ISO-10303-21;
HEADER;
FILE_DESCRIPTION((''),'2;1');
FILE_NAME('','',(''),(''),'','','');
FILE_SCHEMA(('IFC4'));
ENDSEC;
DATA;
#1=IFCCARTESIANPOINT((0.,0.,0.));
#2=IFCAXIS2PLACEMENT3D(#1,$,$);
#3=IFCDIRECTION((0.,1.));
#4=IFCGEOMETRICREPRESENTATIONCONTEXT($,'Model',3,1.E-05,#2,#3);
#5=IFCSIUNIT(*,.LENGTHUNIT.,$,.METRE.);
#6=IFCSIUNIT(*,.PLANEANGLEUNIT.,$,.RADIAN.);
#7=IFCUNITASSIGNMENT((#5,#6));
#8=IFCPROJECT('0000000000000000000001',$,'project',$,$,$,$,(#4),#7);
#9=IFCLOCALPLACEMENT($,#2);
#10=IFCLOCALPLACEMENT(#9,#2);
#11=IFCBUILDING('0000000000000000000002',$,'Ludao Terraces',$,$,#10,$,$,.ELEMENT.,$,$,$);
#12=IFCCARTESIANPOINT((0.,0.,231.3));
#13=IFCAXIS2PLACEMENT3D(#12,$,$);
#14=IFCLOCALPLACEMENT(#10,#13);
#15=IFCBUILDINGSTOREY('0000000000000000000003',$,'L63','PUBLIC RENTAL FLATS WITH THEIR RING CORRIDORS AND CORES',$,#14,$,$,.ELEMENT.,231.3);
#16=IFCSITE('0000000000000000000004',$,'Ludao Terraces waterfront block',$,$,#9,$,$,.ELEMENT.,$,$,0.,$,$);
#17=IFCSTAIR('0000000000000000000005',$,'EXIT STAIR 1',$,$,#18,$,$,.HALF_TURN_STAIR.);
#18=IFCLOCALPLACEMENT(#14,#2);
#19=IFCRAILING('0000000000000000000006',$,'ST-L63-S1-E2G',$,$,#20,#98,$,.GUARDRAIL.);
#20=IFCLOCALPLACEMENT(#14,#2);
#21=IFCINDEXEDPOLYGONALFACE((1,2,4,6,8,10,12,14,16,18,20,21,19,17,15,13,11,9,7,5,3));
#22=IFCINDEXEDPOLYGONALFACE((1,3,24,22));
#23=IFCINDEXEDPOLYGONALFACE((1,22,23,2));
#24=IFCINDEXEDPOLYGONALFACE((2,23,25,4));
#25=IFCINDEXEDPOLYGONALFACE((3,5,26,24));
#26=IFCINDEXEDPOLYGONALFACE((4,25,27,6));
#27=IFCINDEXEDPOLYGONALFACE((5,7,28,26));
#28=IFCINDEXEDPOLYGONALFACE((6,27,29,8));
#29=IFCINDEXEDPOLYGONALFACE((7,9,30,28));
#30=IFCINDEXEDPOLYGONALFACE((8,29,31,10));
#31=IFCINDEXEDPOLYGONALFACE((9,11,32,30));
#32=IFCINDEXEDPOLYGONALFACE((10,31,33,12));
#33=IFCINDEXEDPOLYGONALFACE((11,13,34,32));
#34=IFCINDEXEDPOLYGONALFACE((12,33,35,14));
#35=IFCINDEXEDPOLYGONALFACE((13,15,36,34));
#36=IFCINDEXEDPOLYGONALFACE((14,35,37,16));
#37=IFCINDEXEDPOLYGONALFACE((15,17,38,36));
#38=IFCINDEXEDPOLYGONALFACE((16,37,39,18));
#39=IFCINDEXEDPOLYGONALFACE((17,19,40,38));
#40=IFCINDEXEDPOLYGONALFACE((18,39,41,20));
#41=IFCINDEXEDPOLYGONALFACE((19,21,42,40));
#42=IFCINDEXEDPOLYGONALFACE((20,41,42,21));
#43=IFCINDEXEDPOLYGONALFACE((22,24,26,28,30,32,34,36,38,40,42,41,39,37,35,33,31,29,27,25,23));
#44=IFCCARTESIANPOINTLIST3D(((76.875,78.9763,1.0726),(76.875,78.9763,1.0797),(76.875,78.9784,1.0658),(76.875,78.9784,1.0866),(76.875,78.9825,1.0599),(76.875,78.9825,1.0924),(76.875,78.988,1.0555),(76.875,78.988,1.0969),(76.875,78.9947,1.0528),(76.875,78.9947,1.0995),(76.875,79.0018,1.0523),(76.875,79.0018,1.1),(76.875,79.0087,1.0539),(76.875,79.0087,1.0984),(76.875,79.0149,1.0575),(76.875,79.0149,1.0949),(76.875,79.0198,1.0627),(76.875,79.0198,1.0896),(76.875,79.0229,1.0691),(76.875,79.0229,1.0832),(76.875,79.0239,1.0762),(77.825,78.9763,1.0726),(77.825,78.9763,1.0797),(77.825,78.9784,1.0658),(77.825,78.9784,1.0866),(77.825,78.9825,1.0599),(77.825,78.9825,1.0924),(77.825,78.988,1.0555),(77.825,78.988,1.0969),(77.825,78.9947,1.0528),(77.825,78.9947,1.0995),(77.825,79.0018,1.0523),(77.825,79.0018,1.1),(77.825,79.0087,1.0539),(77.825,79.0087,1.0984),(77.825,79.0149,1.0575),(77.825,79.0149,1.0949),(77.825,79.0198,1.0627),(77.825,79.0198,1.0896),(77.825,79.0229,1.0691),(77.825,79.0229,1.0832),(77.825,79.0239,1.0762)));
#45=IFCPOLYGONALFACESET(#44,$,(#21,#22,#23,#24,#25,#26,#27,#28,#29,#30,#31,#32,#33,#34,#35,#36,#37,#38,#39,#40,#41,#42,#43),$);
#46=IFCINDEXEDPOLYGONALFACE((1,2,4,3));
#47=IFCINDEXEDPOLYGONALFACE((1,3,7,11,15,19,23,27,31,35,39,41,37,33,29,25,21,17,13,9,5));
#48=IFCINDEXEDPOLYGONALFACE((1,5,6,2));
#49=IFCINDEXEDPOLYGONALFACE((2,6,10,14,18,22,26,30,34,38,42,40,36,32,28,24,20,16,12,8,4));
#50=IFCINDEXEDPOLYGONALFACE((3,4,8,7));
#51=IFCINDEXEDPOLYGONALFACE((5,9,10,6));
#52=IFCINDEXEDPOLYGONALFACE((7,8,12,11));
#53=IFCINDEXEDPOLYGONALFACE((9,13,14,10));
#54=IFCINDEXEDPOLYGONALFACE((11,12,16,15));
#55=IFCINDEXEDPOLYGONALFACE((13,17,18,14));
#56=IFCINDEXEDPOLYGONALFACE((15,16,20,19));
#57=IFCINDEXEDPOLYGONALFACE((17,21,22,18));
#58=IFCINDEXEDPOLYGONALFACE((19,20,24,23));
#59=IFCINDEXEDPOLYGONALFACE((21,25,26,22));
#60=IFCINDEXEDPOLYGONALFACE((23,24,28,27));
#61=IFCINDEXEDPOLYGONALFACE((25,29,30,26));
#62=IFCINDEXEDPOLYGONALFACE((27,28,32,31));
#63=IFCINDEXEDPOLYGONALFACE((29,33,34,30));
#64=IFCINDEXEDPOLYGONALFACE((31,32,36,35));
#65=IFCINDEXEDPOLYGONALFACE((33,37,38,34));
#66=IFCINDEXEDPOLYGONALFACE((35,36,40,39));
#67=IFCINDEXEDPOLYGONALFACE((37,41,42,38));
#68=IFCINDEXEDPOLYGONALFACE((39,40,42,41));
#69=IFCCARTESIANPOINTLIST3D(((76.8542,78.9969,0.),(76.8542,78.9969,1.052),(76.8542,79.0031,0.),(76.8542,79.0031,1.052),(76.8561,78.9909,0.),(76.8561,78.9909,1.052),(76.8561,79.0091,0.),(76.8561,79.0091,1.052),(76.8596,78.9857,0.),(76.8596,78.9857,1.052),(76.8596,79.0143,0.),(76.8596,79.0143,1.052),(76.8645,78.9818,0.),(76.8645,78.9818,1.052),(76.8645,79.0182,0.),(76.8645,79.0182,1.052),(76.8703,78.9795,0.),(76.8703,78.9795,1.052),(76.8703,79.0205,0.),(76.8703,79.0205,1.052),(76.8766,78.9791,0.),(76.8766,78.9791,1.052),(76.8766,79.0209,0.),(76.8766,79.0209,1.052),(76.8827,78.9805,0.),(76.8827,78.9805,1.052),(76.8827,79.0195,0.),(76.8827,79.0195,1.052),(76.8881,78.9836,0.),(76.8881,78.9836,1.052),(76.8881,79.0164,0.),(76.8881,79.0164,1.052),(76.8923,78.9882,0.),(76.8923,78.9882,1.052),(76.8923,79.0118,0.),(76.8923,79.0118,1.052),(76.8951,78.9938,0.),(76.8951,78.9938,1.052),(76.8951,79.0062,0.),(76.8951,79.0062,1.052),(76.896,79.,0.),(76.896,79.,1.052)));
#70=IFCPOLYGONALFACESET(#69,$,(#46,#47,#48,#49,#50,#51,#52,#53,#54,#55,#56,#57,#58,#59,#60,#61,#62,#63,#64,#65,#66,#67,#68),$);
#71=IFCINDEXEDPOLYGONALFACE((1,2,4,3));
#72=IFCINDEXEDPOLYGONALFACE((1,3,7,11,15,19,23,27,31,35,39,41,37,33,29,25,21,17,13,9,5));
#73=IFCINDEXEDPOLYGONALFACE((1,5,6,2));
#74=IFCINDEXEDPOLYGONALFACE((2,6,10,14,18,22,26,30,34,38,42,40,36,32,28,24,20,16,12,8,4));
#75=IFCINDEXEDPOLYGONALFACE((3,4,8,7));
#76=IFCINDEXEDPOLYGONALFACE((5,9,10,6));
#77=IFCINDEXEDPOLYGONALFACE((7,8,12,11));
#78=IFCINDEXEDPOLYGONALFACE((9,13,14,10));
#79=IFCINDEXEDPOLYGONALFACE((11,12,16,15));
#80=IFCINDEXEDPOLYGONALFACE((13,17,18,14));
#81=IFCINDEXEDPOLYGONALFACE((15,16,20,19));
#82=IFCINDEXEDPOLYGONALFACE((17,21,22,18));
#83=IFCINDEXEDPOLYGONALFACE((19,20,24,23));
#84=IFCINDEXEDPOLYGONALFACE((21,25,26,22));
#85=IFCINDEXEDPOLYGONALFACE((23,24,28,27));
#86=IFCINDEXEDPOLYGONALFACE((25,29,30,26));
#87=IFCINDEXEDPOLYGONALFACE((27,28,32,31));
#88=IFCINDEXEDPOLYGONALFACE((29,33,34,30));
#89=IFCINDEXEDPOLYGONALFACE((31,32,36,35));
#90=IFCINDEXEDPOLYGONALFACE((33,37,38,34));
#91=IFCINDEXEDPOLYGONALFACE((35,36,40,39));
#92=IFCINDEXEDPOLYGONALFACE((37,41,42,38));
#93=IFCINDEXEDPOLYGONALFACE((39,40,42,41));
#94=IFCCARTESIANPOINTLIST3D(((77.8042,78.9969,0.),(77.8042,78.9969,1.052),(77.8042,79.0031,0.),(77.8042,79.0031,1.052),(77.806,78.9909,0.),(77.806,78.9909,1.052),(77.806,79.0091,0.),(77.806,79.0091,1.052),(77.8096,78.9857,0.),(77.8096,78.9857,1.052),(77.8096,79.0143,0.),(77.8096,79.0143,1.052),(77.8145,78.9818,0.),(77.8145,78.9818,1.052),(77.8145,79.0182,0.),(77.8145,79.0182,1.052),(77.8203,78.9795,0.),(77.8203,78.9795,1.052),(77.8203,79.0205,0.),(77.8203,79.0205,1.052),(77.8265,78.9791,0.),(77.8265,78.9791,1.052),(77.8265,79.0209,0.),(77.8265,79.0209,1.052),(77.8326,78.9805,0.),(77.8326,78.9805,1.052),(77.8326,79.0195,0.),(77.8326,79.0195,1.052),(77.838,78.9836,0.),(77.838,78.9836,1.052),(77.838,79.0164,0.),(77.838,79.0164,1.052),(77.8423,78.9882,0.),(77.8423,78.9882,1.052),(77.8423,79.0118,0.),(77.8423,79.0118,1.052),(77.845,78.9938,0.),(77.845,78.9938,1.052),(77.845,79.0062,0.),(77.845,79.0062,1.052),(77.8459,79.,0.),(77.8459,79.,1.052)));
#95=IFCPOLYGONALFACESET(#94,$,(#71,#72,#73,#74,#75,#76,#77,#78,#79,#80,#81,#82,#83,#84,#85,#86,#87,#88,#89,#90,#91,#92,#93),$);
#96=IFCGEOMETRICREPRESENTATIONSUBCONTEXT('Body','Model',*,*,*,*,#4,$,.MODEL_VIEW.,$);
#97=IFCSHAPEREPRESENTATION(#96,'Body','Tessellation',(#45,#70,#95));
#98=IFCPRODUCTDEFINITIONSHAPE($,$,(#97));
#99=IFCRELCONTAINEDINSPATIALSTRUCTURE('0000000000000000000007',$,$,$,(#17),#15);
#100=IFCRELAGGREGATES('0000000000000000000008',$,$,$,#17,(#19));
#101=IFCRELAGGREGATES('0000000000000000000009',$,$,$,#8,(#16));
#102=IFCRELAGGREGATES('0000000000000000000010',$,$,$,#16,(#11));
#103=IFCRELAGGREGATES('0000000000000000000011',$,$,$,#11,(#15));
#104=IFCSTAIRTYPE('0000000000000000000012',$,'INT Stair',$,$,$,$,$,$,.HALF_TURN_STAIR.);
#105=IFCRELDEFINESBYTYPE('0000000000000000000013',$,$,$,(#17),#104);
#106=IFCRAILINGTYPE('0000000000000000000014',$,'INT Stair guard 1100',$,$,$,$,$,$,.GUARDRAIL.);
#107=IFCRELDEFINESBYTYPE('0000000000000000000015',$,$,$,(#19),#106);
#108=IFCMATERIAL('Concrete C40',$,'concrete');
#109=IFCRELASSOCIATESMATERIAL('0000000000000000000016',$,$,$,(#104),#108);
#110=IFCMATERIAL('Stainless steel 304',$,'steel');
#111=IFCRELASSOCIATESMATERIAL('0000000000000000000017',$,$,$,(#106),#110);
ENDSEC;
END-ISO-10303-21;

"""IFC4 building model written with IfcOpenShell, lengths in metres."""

from ifc_helpers import new_model, si_unit, direction, frame, origin, origin_2d, place, context, subcontext, project, spatial, circle, extrude, material, type_object, element, aggregate, save


model = new_model("IFC4")

# Units and contexts
model_context = context("Model", 3, precision=1e-05, world=origin(), true_north=direction((0.0, 1.0)))
body_context = subcontext(model_context, "Body", "Model", "MODEL_VIEW")
ifc_project = project(units=[si_unit("LENGTHUNIT", "METRE"), si_unit("PLANEANGLEUNIT", "RADIAN")], contexts=[model_context])

# Site, building, storey
site_placement = place(None, origin())
site = spatial("IfcSite", under=ifc_project, at=site_placement, Name="Ludao Terraces waterfront block", CompositionType="ELEMENT", RefElevation=0.0)
building_placement = place(site_placement, origin())
building = spatial("IfcBuilding", under=site, at=building_placement, Name="Ludao Terraces", CompositionType="ELEMENT")
storey_placement = place(building_placement, frame((0.0, 0.0, 231.3)))
storey = spatial("IfcBuildingStorey", under=building, at=storey_placement, Name="L63", Description="PUBLIC RENTAL FLATS WITH THEIR RING CORRIDORS AND CORES", CompositionType="ELEMENT", Elevation=231.3)

# Shared definitions
ifc_material_1 = material(Name="Concrete C40", Category="concrete")

# Stair, railing
stair_type = type_object("IfcStairType", Name="INT Stair", PredefinedType="HALF_TURN_STAIR", material=ifc_material_1)
stair_placement = place(storey_placement, origin())
stair = element("IfcStair", 1, at=stair_placement, inside=storey, type_object=stair_type, Name="EXIT STAIR 1", PredefinedType="HALF_TURN_STAIR")
ifc_material_2 = material(Name="Stainless steel 304", Category="steel")
railing_type_1 = type_object("IfcRailingType", Name="INT Stair guard 1100", PredefinedType="GUARDRAIL", material=ifc_material_2)
railing_1_placement = place(storey_placement, frame((76.875, 79.0, 0.0)))
railing_1 = element("IfcRailing", 2, at=railing_1_placement, type_object=railing_type_1, Name="ST-L63-S1-E2G", PredefinedType="GUARDRAIL", context=body_context, shape_type="SweptSolid", body=[
    extrude(circle(Radius=0.0239, at=origin_2d()), frame((0.0, 0.0, 1.0762), z_axis=(1.0, 0.0, 0.0), x_axis=(0.0, 1.0, 0.0)), (0.0, 0.0, 1.0), 0.95),
    extrude(circle(Radius=0.021, at=origin_2d()), origin(), (0.0, 0.0, 1.0), 1.052),
    extrude(circle(Radius=0.021, at=origin_2d()), frame((0.95, 0.0, 0.0)), (0.0, 0.0, 1.0), 1.052),
])
aggregate(stair, [railing_1])

save(model, "model.ifc")
